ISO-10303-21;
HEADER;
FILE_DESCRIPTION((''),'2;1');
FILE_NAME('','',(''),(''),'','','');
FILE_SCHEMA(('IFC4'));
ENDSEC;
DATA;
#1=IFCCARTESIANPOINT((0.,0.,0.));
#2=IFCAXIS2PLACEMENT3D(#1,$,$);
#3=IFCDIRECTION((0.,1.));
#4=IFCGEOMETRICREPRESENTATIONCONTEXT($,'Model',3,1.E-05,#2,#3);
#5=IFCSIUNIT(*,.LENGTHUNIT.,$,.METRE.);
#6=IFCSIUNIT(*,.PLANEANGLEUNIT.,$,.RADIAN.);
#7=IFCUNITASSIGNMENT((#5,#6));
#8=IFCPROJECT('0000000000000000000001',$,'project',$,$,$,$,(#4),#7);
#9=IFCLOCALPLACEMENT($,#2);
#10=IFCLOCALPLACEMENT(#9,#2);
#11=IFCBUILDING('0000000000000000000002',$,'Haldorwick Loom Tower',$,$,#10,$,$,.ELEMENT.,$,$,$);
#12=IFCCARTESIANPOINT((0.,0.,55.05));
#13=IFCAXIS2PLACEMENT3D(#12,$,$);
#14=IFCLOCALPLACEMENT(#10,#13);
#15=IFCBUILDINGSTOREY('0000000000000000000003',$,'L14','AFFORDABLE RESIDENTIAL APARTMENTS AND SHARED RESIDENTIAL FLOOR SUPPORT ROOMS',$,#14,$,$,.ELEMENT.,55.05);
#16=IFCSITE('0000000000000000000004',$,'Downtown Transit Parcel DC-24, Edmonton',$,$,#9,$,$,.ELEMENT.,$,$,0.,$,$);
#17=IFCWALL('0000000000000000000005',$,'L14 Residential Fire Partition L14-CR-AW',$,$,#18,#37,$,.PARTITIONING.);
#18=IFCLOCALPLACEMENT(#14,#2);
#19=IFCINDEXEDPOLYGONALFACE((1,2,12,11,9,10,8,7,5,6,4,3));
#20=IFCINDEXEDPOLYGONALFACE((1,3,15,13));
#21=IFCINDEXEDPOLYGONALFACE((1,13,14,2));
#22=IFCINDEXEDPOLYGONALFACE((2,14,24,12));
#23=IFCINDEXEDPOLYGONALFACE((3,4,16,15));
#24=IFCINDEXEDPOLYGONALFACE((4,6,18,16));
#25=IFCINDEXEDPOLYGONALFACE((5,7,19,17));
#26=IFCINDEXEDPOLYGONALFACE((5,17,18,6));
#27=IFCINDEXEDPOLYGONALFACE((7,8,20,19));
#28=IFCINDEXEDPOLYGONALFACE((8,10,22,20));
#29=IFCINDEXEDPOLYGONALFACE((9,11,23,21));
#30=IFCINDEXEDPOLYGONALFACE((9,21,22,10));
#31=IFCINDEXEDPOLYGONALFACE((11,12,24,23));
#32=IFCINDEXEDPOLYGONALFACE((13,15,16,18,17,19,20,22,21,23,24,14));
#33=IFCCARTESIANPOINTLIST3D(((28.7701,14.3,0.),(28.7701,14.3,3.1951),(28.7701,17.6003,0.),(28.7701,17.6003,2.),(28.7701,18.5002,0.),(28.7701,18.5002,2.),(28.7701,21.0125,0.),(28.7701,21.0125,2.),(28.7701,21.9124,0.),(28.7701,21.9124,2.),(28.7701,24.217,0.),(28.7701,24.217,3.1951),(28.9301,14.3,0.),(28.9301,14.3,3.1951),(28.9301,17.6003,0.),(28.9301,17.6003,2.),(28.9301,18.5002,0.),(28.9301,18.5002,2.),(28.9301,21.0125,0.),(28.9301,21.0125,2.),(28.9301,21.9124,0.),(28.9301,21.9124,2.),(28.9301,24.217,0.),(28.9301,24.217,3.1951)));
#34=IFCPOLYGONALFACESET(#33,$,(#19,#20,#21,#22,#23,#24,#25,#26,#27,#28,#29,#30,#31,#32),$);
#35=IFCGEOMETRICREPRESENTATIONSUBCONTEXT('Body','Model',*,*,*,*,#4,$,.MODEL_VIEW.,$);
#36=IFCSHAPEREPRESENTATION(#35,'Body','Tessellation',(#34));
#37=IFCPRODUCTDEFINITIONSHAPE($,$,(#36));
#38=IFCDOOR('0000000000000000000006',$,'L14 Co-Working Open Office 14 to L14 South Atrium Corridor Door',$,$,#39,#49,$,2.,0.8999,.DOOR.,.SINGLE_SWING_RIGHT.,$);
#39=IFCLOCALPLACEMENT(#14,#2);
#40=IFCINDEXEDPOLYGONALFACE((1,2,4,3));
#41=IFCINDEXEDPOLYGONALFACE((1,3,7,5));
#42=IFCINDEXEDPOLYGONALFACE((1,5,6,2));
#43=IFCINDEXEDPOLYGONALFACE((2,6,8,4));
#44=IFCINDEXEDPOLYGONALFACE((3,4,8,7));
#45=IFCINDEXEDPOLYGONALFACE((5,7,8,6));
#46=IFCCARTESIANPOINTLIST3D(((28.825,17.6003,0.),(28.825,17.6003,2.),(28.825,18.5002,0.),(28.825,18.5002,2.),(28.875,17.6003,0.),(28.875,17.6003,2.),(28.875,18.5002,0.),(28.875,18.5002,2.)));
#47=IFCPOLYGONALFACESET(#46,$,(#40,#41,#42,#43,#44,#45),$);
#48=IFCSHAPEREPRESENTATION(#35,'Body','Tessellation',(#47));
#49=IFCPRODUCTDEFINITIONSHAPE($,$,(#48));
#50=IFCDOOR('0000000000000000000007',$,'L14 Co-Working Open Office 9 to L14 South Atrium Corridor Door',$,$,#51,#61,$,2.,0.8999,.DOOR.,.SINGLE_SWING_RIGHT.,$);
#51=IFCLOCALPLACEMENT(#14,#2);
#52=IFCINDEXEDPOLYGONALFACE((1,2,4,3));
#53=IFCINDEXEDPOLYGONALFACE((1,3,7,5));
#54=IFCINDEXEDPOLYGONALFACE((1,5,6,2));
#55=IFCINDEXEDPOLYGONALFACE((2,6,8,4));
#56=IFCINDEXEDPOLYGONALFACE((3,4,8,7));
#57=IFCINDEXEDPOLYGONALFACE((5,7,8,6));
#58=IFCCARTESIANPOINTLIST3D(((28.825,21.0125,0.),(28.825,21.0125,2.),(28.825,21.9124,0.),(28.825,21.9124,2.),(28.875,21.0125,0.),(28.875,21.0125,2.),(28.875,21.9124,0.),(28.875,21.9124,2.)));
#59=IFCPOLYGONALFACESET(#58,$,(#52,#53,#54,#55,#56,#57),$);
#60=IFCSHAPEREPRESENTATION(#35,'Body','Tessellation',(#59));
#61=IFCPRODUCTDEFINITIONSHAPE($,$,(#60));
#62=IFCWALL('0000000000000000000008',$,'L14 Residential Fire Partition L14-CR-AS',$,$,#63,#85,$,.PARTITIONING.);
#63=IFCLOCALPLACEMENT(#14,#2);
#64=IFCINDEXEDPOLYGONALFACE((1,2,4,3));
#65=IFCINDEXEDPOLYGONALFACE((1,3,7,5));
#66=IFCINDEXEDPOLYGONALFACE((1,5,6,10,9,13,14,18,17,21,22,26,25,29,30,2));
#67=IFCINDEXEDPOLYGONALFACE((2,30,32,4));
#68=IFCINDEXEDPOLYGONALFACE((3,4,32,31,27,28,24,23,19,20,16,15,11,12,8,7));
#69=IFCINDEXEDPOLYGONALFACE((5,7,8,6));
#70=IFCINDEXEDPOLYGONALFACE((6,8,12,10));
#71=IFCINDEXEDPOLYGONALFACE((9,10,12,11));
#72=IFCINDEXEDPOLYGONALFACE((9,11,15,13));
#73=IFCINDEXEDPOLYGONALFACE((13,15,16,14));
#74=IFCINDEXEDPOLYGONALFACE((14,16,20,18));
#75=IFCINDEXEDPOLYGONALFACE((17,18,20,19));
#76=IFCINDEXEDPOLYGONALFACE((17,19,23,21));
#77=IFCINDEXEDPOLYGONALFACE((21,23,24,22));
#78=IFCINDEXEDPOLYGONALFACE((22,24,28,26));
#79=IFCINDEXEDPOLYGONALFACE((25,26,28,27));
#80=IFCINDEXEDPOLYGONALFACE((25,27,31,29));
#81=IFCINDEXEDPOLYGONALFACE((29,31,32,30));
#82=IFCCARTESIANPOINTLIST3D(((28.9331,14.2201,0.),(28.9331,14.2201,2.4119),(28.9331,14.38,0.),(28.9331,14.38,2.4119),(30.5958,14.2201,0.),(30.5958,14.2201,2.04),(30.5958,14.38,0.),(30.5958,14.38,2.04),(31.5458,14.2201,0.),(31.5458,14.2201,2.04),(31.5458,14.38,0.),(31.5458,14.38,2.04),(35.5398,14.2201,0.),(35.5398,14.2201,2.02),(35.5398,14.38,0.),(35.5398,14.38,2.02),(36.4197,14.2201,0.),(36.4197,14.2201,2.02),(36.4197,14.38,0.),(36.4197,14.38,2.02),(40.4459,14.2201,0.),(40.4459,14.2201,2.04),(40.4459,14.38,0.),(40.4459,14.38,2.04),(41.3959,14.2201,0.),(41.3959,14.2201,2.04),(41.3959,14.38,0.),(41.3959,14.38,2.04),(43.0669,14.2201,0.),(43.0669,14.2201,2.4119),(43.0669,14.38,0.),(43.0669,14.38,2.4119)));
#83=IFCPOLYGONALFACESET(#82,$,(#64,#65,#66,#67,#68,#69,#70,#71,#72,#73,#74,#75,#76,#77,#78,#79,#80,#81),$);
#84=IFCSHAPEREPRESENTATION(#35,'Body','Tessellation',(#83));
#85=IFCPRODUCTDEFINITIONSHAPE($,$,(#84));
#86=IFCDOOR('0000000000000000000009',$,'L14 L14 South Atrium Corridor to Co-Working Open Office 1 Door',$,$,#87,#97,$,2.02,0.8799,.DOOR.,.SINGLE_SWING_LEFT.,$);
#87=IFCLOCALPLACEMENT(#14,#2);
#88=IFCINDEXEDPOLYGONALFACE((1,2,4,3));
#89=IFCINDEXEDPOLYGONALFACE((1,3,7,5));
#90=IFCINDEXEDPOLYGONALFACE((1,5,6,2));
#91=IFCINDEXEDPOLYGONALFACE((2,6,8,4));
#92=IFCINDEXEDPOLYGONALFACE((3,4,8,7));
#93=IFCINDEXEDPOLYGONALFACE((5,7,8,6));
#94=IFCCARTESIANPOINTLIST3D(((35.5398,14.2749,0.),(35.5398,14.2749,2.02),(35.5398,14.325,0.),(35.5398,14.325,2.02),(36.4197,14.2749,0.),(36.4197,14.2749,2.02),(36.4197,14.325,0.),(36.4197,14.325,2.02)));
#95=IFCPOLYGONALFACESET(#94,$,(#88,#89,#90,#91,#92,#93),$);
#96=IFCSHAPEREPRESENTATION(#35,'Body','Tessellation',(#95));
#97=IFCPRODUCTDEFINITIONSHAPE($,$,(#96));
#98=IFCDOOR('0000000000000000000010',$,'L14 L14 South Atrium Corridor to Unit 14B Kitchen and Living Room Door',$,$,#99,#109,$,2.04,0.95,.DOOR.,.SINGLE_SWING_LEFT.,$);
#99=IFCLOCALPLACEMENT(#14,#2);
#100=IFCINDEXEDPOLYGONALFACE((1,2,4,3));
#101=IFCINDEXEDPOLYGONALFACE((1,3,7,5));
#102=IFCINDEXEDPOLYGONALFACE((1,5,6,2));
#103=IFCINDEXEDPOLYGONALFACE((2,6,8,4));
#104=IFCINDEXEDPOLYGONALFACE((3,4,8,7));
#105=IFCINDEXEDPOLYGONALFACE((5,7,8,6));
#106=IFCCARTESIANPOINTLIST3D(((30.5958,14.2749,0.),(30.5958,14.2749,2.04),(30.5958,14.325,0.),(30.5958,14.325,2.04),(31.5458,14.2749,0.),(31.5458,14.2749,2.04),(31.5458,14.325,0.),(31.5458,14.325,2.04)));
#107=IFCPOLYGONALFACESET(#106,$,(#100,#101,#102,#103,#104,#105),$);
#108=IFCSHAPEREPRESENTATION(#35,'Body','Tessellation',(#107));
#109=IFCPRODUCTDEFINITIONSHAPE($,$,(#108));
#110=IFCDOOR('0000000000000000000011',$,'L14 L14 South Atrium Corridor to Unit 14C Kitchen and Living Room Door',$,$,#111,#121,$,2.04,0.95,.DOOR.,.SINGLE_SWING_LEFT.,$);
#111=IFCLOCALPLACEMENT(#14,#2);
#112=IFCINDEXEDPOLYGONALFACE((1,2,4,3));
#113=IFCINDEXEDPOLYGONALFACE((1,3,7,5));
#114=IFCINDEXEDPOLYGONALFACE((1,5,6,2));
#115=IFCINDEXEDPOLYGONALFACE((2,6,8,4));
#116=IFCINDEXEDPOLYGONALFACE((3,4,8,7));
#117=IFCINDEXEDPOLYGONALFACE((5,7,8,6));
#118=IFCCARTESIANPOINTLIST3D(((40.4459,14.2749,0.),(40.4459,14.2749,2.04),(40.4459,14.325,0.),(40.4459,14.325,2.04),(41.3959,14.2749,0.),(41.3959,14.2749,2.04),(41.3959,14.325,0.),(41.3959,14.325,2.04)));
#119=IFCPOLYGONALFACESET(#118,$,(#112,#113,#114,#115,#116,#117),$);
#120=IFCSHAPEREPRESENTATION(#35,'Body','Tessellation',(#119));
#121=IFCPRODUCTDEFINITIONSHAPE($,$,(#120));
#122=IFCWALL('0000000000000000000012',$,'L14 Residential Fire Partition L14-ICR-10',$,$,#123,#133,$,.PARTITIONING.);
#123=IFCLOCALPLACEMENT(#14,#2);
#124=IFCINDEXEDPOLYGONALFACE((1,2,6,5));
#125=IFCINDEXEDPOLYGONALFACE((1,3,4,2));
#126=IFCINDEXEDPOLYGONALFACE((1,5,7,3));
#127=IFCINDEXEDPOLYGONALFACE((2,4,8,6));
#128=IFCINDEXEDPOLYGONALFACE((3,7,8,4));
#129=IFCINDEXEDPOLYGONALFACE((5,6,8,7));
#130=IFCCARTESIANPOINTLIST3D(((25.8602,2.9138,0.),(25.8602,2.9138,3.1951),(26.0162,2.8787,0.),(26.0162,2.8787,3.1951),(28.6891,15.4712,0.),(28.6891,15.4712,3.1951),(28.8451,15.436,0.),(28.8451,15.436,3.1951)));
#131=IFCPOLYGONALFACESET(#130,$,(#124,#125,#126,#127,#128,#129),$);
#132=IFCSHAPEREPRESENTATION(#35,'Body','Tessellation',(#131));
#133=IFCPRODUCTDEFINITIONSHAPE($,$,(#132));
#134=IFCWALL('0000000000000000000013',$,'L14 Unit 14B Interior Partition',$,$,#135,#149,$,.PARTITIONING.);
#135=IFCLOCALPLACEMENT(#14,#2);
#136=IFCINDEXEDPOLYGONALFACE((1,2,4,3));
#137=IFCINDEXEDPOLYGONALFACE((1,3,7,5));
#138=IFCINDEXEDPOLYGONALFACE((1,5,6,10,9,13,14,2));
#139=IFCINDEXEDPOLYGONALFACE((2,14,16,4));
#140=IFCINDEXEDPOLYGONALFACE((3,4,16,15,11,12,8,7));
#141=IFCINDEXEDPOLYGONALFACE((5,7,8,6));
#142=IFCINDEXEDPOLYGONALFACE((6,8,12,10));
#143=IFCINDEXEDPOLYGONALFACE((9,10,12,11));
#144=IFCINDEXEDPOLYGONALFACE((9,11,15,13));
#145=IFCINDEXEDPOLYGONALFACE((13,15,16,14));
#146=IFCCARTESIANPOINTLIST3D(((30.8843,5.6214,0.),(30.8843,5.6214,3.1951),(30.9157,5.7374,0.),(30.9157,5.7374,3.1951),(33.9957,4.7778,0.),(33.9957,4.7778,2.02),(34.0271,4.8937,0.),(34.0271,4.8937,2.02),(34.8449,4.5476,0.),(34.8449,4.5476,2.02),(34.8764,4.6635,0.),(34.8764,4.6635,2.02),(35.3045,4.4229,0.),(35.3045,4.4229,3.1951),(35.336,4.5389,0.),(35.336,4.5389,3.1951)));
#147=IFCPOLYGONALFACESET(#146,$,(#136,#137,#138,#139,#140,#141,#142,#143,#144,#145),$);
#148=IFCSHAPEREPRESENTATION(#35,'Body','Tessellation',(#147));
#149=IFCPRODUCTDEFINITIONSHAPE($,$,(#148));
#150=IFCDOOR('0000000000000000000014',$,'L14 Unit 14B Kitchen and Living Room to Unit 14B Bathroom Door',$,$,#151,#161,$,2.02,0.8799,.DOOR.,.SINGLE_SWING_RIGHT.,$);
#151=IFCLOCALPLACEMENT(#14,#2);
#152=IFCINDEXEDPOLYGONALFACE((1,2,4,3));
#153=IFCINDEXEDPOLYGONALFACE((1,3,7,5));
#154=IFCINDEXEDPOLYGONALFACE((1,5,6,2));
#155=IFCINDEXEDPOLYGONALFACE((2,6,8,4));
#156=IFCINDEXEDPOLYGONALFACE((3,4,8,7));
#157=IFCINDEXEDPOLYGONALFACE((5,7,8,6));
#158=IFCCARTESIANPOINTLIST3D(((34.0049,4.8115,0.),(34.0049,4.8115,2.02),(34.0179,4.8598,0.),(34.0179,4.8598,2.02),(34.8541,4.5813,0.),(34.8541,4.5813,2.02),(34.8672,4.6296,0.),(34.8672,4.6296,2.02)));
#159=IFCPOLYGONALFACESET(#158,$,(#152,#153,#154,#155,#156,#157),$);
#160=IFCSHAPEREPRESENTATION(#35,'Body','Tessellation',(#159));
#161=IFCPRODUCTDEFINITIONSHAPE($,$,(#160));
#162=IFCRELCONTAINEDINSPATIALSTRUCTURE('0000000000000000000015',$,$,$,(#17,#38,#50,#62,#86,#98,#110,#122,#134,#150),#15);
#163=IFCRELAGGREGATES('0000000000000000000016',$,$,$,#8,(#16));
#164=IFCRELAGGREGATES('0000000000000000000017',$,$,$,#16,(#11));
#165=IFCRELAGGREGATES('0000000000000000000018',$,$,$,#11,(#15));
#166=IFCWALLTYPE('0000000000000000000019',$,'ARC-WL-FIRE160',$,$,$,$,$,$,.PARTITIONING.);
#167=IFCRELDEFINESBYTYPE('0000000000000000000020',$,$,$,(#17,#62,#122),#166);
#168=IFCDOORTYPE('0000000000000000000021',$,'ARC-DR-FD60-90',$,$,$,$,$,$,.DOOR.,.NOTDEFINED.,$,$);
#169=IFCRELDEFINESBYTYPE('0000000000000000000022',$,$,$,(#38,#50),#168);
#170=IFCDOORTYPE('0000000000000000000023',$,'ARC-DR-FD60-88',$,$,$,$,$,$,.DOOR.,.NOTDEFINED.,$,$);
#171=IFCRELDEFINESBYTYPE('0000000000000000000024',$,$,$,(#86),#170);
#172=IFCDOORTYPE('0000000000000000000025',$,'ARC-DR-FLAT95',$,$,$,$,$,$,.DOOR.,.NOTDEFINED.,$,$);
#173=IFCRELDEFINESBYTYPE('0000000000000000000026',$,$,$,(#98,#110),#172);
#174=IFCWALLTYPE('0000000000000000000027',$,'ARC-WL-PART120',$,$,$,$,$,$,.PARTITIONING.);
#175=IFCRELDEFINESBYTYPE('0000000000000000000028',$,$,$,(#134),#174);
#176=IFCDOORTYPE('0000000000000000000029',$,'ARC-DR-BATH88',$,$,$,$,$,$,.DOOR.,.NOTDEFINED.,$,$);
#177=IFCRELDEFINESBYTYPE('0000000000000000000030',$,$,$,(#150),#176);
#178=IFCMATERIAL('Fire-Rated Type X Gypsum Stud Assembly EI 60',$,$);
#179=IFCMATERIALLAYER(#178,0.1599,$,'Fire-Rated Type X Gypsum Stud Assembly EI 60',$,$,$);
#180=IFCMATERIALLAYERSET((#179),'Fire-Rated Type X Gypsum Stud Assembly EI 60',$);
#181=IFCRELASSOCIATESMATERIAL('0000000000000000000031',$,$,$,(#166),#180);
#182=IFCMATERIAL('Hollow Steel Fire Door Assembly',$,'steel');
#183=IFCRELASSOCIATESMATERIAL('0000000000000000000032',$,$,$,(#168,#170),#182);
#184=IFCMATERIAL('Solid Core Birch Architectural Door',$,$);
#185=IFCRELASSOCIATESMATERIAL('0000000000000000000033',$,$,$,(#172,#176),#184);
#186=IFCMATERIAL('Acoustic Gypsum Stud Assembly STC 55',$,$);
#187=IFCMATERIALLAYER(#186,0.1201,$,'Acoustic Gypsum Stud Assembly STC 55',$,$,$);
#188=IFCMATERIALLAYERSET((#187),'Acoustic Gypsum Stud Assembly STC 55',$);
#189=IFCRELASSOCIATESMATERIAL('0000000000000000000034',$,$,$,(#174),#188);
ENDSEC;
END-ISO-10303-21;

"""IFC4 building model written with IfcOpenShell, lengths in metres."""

from ifc_helpers import new_model, si_unit, direction, frame, frame_2d, origin, place, context, subcontext, project, spatial, rectangle, extrude, material, layer, layer_set, type_object, element, fill, save


model = new_model("IFC4")

# Units and contexts
model_context = context("Model", 3, precision=1e-05, world=origin(), true_north=direction((0.0, 1.0)))
body_context = subcontext(model_context, "Body", "Model", "MODEL_VIEW")
ifc_project = project(units=[si_unit("LENGTHUNIT", "METRE"), si_unit("PLANEANGLEUNIT", "RADIAN")], contexts=[model_context])

# Site, building, storey
site_placement = place(None, origin())
site = spatial("IfcSite", under=ifc_project, at=site_placement, Name="Downtown Transit Parcel DC-24, Edmonton", CompositionType="ELEMENT", RefElevation=0.0)
building_placement = place(site_placement, origin())
building = spatial("IfcBuilding", under=site, at=building_placement, Name="Haldorwick Loom Tower", CompositionType="ELEMENT")
storey_placement = place(building_placement, frame((0.0, 0.0, 55.05)))
storey = spatial("IfcBuildingStorey", under=building, at=storey_placement, Name="L14", Description="AFFORDABLE RESIDENTIAL APARTMENTS AND SHARED RESIDENTIAL FLOOR SUPPORT ROOMS", CompositionType="ELEMENT", Elevation=55.05)

# Walls, openings, doors
ifc_material_1 = material(Name="Fire-Rated Type X Gypsum Stud Assembly EI 60")
ifc_layer_1 = layer(ifc_material_1, 0.1599, Name="Fire-Rated Type X Gypsum Stud Assembly EI 60")
ifc_layer_set_1 = layer_set([ifc_layer_1], Name="Fire-Rated Type X Gypsum Stud Assembly EI 60")
wall_type_1 = type_object("IfcWallType", Name="ARC-WL-FIRE160", PredefinedType="PARTITIONING", material=ifc_layer_set_1)
wall_1_placement = place(storey_placement, frame((28.8501, 14.3, 0.0), z_axis=(0.0, 0.0, 1.0), x_axis=(0.0, 1.0, 0.0)))
wall_1 = element("IfcWall", 1, at=wall_1_placement, inside=storey, type_object=wall_type_1, Name="L14 Residential Fire Partition L14-CR-AW", PredefinedType="PARTITIONING", context=body_context, shape_type="SweptSolid", body=[
    extrude(rectangle(XDim=9.917, YDim=0.1599, at=frame_2d((4.9585, 0.0))), origin(), (0.0, 0.0, 1.0), 3.1951),
])
opening_1_placement = place(wall_1_placement, frame((3.3003, 0.0, 0.0)))
opening_1 = element("IfcOpeningElement", 2, at=opening_1_placement, cuts=wall_1, PredefinedType="OPENING", context=body_context, shape_type="SweptSolid", body=[
    extrude(rectangle(XDim=0.8999, YDim=2.0, at=frame_2d((0.45, 1.0))), frame((0.0, 0.0898, 0.0), z_axis=(0.0, -1.0, 0.0), x_axis=(1.0, 0.0, 0.0)), (0.0, 0.0, 1.0), 0.1799),
])
opening_2_placement = place(wall_1_placement, frame((6.7124, 0.0, 0.0)))
opening_2 = element("IfcOpeningElement", 3, at=opening_2_placement, cuts=wall_1, PredefinedType="OPENING", context=body_context, shape_type="SweptSolid", body=[
    extrude(rectangle(XDim=0.8999, YDim=2.0, at=frame_2d((0.45, 1.0))), frame((0.0, 0.0898, 0.0), z_axis=(0.0, -1.0, 0.0), x_axis=(1.0, 0.0, 0.0)), (0.0, 0.0, 1.0), 0.1799),
])
ifc_material_2 = material(Name="Hollow Steel Fire Door Assembly", Category="steel")
door_type_1 = type_object("IfcDoorType", Name="ARC-DR-FD60-90", OperationType="NOTDEFINED", PredefinedType="DOOR", material=ifc_material_2)
door_1_placement = place(opening_1_placement, frame((0.8999, 0.0, 0.0), z_axis=(0.0, 0.0, 1.0), x_axis=(-1.0, 0.0, 0.0)))
door_1 = element("IfcDoor", 4, at=door_1_placement, inside=storey, type_object=door_type_1, Name="L14 Co-Working Open Office 14 to L14 South Atrium Corridor Door", OperationType="SINGLE_SWING_RIGHT", OverallHeight=2.0, OverallWidth=0.8999, PredefinedType="DOOR", context=body_context, shape_type="SweptSolid", body=[
    extrude(rectangle(XDim=0.8999, YDim=2.0, at=frame_2d((0.45, 1.0))), frame((0.0, 0.0249, 0.0), z_axis=(0.0, -1.0, 0.0), x_axis=(1.0, 0.0, 0.0)), (0.0, 0.0, 1.0), 0.05),
])
fill(opening_1, door_1)
door_2_placement = place(opening_2_placement, frame((0.8999, 0.0, 0.0), z_axis=(0.0, 0.0, 1.0), x_axis=(-1.0, 0.0, 0.0)))
door_2 = element("IfcDoor", 5, at=door_2_placement, inside=storey, type_object=door_type_1, Name="L14 Co-Working Open Office 9 to L14 South Atrium Corridor Door", OperationType="SINGLE_SWING_RIGHT", OverallHeight=2.0, OverallWidth=0.8999, PredefinedType="DOOR", context=body_context, shape_type="SweptSolid", body=[
    extrude(rectangle(XDim=0.8999, YDim=2.0, at=frame_2d((0.45, 1.0))), frame((0.0, 0.0249, 0.0), z_axis=(0.0, -1.0, 0.0), x_axis=(1.0, 0.0, 0.0)), (0.0, 0.0, 1.0), 0.05),
])
fill(opening_2, door_2)
wall_2_placement = place(storey_placement, frame((28.9331, 14.3, 0.0), z_axis=(0.0, 0.0, 1.0), x_axis=(1.0, 0.0, 0.0)))
wall_2 = element("IfcWall", 6, at=wall_2_placement, inside=storey, type_object=wall_type_1, Name="L14 Residential Fire Partition L14-CR-AS", PredefinedType="PARTITIONING", context=body_context, shape_type="SweptSolid", body=[
    extrude(rectangle(XDim=14.1338, YDim=0.1599, at=frame_2d((7.0669, 0.0))), origin(), (0.0, 0.0, 1.0), 2.4119),
])
opening_3_placement = place(wall_2_placement, frame((6.6067, 0.0, 0.0)))
opening_3 = element("IfcOpeningElement", 7, at=opening_3_placement, cuts=wall_2, PredefinedType="OPENING", context=body_context, shape_type="SweptSolid", body=[
    extrude(rectangle(XDim=0.8799, YDim=2.02, at=frame_2d((0.4399, 1.01))), frame((0.0, 0.0898, 0.0), z_axis=(0.0, -1.0, 0.0), x_axis=(1.0, 0.0, 0.0)), (0.0, 0.0, 1.0), 0.1799),
])
opening_4_placement = place(wall_2_placement, frame((1.6626, 0.0, 0.0)))
opening_4 = element("IfcOpeningElement", 8, at=opening_4_placement, cuts=wall_2, PredefinedType="OPENING", context=body_context, shape_type="SweptSolid", body=[
    extrude(rectangle(XDim=0.95, YDim=2.04, at=frame_2d((0.4751, 1.02))), frame((0.0, 0.0898, 0.0), z_axis=(0.0, -1.0, 0.0), x_axis=(1.0, 0.0, 0.0)), (0.0, 0.0, 1.0), 0.1799),
])
opening_5_placement = place(wall_2_placement, frame((11.5127, 0.0, 0.0)))
opening_5 = element("IfcOpeningElement", 9, at=opening_5_placement, cuts=wall_2, PredefinedType="OPENING", context=body_context, shape_type="SweptSolid", body=[
    extrude(rectangle(XDim=0.95, YDim=2.04, at=frame_2d((0.4751, 1.02))), frame((0.0, 0.0898, 0.0), z_axis=(0.0, -1.0, 0.0), x_axis=(1.0, 0.0, 0.0)), (0.0, 0.0, 1.0), 0.1799),
])
door_type_2 = type_object("IfcDoorType", Name="ARC-DR-FD60-88", OperationType="NOTDEFINED", PredefinedType="DOOR", material=ifc_material_2)
door_3_placement = place(opening_3_placement, origin())
door_3 = element("IfcDoor", 10, at=door_3_placement, inside=storey, type_object=door_type_2, Name="L14 L14 South Atrium Corridor to Co-Working Open Office 1 Door", OperationType="SINGLE_SWING_LEFT", OverallHeight=2.02, OverallWidth=0.8799, PredefinedType="DOOR", context=body_context, shape_type="SweptSolid", body=[
    extrude(rectangle(XDim=0.8799, YDim=2.02, at=frame_2d((0.4399, 1.01))), frame((0.0, 0.0249, 0.0), z_axis=(0.0, -1.0, 0.0), x_axis=(1.0, 0.0, 0.0)), (0.0, 0.0, 1.0), 0.05),
])
fill(opening_3, door_3)
ifc_material_3 = material(Name="Solid Core Birch Architectural Door")
door_type_3 = type_object("IfcDoorType", Name="ARC-DR-FLAT95", OperationType="NOTDEFINED", PredefinedType="DOOR", material=ifc_material_3)
door_4_placement = place(opening_4_placement, origin())
door_4 = element("IfcDoor", 11, at=door_4_placement, inside=storey, type_object=door_type_3, Name="L14 L14 South Atrium Corridor to Unit 14B Kitchen and Living Room Door", OperationType="SINGLE_SWING_LEFT", OverallHeight=2.04, OverallWidth=0.95, PredefinedType="DOOR", context=body_context, shape_type="SweptSolid", body=[
    extrude(rectangle(XDim=0.95, YDim=2.04, at=frame_2d((0.4751, 1.02))), frame((0.0, 0.0249, 0.0), z_axis=(0.0, -1.0, 0.0), x_axis=(1.0, 0.0, 0.0)), (0.0, 0.0, 1.0), 0.05),
])
fill(opening_4, door_4)
door_5_placement = place(opening_5_placement, origin())
door_5 = element("IfcDoor", 12, at=door_5_placement, inside=storey, type_object=door_type_3, Name="L14 L14 South Atrium Corridor to Unit 14C Kitchen and Living Room Door", OperationType="SINGLE_SWING_LEFT", OverallHeight=2.04, OverallWidth=0.95, PredefinedType="DOOR", context=body_context, shape_type="SweptSolid", body=[
    extrude(rectangle(XDim=0.95, YDim=2.04, at=frame_2d((0.4751, 1.02))), frame((0.0, 0.0249, 0.0), z_axis=(0.0, -1.0, 0.0), x_axis=(1.0, 0.0, 0.0)), (0.0, 0.0, 1.0), 0.05),
])
fill(opening_5, door_5)

# Wall
wall_3_placement = place(storey_placement, frame((28.7671, 15.4536, 0.0), z_axis=(0.0, 0.0, 1.0), x_axis=(-0.219767, -0.975552, 0.0)))
element("IfcWall", 13, at=wall_3_placement, inside=storey, type_object=wall_type_1, Name="L14 Residential Fire Partition L14-ICR-10", PredefinedType="PARTITIONING", context=body_context, shape_type="SweptSolid", body=[
    extrude(rectangle(XDim=12.8721, YDim=0.1599, at=frame_2d((6.436, 0.0))), origin(), (0.0, 0.0, 1.0), 3.1951),
])

# Wall, opening, door
ifc_material_4 = material(Name="Acoustic Gypsum Stud Assembly STC 55")
ifc_layer_2 = layer(ifc_material_4, 0.1201, Name="Acoustic Gypsum Stud Assembly STC 55")
ifc_layer_set_2 = layer_set([ifc_layer_2], Name="Acoustic Gypsum Stud Assembly STC 55")
wall_type_2 = type_object("IfcWallType", Name="ARC-WL-PART120", PredefinedType="PARTITIONING", material=ifc_layer_set_2)
wall_4_placement = place(storey_placement, frame((30.8999, 5.6794, 0.0), z_axis=(0.0, 0.0, 1.0), x_axis=(0.965152, -0.261692, 0.0)))
wall_4 = element("IfcWall", 14, at=wall_4_placement, inside=storey, type_object=wall_type_2, Name="L14 Unit 14B Interior Partition", PredefinedType="PARTITIONING", context=body_context, shape_type="SweptSolid", body=[
    extrude(rectangle(XDim=4.5798, YDim=0.1201, at=frame_2d((2.29, 0.0))), origin(), (0.0, 0.0, 1.0), 3.1951),
])
opening_6_placement = place(wall_4_placement, frame((3.2239, 0.0, 0.0)))
opening_6 = element("IfcOpeningElement", 15, at=opening_6_placement, cuts=wall_4, PredefinedType="OPENING", context=body_context, shape_type="SweptSolid", body=[
    extrude(rectangle(XDim=0.8799, YDim=2.02, at=frame_2d((0.4399, 1.01))), frame((0.0, 0.0701, 0.0), z_axis=(0.0, -1.0, 0.0), x_axis=(1.0, 0.0, 0.0)), (0.0, 0.0, 1.0), 0.1401),
])
door_type_4 = type_object("IfcDoorType", Name="ARC-DR-BATH88", OperationType="NOTDEFINED", PredefinedType="DOOR", material=ifc_material_3)
door_6_placement = place(opening_6_placement, origin())
door_6 = element("IfcDoor", 16, at=door_6_placement, inside=storey, type_object=door_type_4, Name="L14 Unit 14B Kitchen and Living Room to Unit 14B Bathroom Door", OperationType="SINGLE_SWING_RIGHT", OverallHeight=2.02, OverallWidth=0.8799, PredefinedType="DOOR", context=body_context, shape_type="SweptSolid", body=[
    extrude(rectangle(XDim=0.8799, YDim=2.02, at=frame_2d((0.4399, 1.01))), frame((0.0, 0.0249, 0.0), z_axis=(0.0, -1.0, 0.0), x_axis=(1.0, 0.0, 0.0)), (0.0, 0.0, 1.0), 0.05),
])
fill(opening_6, door_6)

save(model, "model.ifc")
